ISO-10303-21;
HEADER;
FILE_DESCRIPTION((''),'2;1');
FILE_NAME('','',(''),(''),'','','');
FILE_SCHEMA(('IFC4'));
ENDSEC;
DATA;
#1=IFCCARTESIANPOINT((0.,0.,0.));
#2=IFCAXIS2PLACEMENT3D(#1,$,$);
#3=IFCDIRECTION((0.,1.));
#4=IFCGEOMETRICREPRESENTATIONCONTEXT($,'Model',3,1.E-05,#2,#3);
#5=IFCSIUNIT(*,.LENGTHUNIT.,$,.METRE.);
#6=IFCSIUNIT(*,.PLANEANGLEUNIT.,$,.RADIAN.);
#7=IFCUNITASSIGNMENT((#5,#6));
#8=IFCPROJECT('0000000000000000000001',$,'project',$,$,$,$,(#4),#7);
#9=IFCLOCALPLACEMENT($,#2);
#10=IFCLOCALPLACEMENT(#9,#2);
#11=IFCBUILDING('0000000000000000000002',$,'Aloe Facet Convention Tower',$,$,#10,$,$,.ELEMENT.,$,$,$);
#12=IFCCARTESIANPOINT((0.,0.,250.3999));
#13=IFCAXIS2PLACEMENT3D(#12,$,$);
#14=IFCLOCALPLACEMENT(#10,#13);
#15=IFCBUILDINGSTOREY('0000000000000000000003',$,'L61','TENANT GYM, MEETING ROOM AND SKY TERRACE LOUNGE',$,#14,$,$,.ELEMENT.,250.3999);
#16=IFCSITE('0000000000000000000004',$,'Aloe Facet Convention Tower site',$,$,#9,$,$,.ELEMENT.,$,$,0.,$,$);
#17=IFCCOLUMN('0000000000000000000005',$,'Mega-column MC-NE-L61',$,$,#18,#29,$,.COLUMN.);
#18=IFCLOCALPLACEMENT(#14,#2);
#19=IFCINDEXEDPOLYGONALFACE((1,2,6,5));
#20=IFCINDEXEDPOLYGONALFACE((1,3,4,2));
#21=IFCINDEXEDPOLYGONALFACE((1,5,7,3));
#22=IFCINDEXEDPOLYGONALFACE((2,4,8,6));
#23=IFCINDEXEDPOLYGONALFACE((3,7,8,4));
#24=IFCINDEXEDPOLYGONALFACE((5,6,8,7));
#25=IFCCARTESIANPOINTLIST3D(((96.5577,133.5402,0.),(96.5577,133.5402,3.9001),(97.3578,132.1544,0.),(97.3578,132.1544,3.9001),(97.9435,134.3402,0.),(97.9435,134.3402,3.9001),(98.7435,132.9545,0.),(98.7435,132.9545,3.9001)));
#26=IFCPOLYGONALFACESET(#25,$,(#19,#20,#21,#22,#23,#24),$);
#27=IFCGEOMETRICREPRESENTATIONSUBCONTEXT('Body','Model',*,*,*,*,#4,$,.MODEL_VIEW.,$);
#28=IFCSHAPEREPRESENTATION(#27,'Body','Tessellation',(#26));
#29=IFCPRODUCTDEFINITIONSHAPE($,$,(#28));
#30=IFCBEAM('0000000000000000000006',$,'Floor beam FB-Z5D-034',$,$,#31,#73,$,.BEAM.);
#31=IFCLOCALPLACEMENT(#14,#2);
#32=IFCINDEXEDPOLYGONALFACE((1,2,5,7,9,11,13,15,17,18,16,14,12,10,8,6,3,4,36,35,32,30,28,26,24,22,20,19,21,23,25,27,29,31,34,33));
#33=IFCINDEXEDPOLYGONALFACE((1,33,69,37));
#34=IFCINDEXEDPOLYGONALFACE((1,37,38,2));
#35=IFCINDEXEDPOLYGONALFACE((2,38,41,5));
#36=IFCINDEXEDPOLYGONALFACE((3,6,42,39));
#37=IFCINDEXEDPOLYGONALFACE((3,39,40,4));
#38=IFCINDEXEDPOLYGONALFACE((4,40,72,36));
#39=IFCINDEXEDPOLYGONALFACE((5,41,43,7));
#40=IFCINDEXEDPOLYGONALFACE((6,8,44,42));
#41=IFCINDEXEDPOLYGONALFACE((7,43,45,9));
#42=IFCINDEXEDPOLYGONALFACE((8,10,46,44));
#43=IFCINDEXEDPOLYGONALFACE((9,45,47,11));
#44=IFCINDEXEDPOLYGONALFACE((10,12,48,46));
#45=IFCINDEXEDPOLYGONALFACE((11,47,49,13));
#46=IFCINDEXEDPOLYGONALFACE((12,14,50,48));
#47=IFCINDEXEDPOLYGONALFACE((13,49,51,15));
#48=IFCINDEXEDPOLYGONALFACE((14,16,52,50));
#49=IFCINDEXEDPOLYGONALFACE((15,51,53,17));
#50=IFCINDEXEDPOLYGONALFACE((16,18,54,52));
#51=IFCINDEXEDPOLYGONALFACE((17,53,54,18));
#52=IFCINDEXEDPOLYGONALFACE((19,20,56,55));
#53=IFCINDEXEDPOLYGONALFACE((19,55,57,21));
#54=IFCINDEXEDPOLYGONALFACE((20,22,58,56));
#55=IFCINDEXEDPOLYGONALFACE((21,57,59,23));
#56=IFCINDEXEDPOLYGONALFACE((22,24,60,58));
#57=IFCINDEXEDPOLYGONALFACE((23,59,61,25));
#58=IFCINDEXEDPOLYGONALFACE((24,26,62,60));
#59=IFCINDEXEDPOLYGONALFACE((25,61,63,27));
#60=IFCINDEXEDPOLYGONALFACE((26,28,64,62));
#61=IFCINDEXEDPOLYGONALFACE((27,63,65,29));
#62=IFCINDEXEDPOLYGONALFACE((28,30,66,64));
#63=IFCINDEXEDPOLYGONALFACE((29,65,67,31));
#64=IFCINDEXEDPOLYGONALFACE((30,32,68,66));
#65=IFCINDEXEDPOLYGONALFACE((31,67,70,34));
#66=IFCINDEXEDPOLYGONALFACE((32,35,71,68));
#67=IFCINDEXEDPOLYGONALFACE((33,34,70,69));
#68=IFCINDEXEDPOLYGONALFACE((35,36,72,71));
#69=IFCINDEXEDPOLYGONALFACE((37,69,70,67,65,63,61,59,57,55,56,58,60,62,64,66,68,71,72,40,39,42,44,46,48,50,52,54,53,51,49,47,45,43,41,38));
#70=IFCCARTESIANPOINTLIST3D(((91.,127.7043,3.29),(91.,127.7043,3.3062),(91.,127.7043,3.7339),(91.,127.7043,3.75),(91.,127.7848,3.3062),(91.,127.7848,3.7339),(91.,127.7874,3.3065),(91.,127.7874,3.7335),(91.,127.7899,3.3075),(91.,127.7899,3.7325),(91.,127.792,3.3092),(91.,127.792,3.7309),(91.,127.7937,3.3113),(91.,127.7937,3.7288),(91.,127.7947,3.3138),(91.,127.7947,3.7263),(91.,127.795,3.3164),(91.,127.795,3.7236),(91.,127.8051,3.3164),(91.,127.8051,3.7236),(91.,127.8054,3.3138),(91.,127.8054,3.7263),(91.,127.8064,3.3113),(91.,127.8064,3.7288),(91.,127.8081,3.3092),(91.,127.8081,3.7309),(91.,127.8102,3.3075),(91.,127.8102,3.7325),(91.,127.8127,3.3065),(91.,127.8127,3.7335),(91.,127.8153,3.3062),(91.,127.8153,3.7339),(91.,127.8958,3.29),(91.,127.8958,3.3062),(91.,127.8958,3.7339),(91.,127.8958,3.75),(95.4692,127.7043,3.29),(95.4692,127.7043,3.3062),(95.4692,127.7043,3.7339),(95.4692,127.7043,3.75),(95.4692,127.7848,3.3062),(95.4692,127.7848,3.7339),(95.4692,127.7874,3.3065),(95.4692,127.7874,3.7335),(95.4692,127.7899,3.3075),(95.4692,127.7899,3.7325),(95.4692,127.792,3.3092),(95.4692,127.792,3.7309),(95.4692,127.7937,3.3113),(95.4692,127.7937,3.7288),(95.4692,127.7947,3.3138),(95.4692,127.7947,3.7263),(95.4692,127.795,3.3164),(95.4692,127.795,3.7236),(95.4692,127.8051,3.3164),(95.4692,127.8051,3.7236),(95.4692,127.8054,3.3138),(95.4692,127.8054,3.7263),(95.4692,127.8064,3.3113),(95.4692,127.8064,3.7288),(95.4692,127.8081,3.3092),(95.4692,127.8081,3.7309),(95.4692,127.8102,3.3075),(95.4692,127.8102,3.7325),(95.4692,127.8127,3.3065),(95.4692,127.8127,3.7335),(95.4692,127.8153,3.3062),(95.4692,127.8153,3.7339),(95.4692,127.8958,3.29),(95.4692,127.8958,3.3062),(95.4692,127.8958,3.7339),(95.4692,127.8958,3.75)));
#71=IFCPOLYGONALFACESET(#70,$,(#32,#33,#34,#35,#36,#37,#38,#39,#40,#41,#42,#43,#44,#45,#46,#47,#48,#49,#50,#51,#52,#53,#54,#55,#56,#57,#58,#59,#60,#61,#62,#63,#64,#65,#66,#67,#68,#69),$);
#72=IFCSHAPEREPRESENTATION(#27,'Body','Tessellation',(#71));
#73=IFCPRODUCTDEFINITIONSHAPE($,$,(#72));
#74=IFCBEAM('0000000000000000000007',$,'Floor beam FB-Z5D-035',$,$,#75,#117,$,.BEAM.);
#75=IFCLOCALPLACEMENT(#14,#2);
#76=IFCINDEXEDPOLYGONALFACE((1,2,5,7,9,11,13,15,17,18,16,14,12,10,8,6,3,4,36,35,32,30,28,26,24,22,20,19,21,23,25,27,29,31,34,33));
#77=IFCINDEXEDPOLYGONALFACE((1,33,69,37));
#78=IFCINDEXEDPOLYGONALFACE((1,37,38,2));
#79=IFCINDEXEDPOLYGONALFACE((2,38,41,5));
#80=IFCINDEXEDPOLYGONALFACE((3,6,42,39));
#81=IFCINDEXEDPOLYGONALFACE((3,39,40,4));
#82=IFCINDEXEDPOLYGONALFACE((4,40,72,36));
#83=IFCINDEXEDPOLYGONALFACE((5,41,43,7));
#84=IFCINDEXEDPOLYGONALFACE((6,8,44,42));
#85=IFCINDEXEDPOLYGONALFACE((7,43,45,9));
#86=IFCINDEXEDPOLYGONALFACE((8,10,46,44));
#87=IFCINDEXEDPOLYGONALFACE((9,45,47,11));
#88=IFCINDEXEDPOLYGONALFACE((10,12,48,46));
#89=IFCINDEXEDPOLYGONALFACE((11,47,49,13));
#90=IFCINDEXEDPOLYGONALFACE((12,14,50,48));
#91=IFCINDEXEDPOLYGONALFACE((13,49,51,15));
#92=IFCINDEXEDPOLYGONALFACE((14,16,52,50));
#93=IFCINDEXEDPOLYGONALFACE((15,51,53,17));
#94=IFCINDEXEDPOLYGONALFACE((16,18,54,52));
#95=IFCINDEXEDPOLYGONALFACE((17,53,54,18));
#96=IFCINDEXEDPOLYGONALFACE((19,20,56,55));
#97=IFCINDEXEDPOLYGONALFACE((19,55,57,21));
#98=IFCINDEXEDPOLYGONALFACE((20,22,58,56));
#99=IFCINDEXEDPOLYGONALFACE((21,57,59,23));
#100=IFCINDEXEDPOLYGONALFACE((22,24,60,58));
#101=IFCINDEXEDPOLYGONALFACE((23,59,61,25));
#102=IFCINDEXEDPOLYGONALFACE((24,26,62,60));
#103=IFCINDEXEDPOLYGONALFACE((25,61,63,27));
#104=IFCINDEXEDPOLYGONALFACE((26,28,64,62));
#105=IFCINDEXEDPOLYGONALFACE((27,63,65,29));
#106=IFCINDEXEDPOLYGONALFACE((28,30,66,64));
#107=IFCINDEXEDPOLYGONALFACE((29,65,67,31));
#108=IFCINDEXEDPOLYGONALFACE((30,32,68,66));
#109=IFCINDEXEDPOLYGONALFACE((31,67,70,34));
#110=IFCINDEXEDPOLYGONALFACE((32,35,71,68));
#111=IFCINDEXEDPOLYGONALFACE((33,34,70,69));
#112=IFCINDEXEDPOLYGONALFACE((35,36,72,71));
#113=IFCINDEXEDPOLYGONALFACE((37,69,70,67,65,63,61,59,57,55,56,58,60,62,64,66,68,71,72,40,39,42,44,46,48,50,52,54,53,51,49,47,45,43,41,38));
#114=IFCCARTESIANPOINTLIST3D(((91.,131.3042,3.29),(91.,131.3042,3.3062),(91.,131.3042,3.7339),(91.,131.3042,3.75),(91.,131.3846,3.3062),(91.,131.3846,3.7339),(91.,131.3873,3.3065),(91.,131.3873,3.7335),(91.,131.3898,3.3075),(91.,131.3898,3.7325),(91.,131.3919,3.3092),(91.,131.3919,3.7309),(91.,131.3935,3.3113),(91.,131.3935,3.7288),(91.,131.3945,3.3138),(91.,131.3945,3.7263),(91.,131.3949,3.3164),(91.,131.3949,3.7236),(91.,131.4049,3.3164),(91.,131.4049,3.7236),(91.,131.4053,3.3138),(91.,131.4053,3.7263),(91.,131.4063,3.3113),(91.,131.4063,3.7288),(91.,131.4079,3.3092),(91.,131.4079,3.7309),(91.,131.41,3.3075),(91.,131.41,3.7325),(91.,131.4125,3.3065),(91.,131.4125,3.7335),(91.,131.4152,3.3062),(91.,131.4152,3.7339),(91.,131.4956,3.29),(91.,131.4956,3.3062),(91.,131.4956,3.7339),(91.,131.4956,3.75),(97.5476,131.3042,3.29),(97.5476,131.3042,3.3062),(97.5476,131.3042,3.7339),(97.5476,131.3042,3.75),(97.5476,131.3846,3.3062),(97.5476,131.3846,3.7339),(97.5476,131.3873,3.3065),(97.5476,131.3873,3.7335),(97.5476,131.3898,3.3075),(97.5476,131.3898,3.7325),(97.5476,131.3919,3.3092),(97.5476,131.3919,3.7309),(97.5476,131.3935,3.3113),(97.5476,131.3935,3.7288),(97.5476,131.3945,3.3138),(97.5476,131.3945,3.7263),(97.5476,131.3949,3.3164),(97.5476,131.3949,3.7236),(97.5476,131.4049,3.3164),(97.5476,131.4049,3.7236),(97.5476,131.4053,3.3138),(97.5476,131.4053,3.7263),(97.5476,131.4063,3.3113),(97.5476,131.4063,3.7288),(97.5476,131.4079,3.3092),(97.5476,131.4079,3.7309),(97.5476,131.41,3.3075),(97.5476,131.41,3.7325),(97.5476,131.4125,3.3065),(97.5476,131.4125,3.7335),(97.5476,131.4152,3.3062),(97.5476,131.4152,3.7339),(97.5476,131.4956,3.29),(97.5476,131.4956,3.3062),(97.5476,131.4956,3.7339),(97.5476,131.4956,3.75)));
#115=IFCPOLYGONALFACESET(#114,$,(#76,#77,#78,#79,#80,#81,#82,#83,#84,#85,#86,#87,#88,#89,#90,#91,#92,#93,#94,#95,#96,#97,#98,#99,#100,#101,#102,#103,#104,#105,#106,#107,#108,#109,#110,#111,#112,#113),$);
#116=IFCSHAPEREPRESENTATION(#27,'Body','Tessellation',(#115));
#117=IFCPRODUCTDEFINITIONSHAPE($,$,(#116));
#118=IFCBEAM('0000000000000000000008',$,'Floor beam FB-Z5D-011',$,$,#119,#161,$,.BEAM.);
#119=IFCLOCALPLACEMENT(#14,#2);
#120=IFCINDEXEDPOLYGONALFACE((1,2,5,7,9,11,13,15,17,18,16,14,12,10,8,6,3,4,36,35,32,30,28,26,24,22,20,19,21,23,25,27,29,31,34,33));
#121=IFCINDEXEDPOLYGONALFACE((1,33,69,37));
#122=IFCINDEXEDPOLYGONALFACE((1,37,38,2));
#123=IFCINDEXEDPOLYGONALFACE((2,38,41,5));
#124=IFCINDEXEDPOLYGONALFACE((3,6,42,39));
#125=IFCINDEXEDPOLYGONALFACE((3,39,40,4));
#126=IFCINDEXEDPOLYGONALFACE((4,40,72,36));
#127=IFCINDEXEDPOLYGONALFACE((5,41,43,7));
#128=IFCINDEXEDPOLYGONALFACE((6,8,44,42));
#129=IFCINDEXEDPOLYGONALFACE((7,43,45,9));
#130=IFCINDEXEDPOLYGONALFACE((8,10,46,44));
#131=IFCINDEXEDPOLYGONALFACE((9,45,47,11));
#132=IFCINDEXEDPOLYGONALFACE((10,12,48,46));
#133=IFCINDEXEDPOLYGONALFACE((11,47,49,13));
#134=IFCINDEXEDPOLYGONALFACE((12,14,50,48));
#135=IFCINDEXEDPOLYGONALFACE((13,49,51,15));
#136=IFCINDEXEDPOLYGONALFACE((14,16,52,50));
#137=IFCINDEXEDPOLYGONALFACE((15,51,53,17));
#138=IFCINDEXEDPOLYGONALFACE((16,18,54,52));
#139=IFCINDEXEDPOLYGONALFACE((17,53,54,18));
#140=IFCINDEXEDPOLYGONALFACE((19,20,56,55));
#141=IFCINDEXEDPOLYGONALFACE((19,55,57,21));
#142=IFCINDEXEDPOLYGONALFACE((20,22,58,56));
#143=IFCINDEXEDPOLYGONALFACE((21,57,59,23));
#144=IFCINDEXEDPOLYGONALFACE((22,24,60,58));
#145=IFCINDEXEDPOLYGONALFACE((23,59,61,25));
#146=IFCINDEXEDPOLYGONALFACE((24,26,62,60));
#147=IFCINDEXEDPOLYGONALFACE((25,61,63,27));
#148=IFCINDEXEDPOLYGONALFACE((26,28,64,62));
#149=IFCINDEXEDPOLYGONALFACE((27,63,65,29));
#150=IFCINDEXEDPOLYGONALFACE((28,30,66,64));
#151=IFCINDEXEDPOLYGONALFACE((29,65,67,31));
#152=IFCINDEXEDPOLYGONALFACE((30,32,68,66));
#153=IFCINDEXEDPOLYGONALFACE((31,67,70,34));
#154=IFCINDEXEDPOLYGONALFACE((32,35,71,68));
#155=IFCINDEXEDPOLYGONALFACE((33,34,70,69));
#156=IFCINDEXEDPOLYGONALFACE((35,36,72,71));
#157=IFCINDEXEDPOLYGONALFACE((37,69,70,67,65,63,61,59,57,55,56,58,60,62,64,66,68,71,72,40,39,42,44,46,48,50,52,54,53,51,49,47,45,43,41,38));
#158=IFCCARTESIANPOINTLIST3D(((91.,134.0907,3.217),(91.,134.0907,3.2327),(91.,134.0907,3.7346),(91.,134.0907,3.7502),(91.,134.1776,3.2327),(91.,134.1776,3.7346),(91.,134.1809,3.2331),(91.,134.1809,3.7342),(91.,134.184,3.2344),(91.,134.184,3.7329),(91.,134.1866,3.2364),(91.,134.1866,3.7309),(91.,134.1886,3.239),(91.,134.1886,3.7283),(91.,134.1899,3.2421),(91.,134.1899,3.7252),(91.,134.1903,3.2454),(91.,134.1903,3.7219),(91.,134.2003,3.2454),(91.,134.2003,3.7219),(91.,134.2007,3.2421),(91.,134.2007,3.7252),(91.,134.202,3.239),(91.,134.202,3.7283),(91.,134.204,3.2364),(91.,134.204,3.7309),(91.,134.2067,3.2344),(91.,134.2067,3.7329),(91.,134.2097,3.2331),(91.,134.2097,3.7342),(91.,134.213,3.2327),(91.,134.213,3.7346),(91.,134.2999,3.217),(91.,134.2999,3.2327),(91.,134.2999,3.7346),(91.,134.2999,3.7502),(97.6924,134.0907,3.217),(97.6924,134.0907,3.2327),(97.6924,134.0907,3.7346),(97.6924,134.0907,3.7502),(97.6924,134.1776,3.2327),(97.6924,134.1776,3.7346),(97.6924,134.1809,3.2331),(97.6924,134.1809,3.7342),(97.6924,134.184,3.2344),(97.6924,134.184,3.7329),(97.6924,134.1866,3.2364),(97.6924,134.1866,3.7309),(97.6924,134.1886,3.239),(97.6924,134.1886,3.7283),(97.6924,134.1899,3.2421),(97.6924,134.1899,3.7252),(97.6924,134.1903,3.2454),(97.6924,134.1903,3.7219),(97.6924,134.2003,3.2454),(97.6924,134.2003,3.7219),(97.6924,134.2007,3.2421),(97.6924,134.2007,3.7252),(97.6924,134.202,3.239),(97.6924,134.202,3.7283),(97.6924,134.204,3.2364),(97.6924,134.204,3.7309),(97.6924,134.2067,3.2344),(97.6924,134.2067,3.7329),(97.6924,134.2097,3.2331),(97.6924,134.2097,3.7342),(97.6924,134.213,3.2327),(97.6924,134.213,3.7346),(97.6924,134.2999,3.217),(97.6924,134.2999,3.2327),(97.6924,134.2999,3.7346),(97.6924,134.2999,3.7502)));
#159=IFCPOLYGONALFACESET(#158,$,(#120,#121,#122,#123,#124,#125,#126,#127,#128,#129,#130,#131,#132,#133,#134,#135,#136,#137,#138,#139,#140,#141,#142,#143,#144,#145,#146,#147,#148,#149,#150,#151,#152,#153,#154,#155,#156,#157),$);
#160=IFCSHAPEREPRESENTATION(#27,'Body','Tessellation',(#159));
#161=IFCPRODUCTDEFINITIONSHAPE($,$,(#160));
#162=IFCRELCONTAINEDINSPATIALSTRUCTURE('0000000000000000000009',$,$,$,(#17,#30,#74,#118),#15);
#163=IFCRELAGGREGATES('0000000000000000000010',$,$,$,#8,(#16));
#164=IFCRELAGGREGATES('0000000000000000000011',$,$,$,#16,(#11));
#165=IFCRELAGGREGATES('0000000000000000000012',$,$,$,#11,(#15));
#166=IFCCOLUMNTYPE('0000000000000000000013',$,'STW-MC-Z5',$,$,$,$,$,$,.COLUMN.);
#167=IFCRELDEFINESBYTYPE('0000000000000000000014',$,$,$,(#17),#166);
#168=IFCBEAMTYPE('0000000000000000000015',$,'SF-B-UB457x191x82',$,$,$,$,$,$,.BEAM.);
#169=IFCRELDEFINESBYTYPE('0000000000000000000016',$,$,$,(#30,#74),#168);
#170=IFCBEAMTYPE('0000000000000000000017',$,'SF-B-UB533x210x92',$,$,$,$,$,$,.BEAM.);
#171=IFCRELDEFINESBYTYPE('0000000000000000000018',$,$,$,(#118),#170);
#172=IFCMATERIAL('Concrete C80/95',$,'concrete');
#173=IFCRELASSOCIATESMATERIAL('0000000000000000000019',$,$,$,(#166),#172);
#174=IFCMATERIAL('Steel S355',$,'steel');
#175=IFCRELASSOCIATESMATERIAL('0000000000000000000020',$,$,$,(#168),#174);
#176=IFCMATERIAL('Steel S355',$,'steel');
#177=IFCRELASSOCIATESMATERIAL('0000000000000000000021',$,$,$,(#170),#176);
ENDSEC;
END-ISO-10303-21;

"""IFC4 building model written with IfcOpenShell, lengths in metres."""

from ifc_helpers import new_model, si_unit, direction, frame, origin, origin_2d, place, context, subcontext, project, spatial, rectangle, i_section, extrude, material, material_profile, profile_set, type_object, element, save


model = new_model("IFC4")

# Units and contexts
model_context = context("Model", 3, precision=1e-05, world=origin(), true_north=direction((0.0, 1.0)))
body_context = subcontext(model_context, "Body", "Model", "MODEL_VIEW")
ifc_project = project(units=[si_unit("LENGTHUNIT", "METRE"), si_unit("PLANEANGLEUNIT", "RADIAN")], contexts=[model_context])

# Site, building, storey
site_placement = place(None, origin())
site = spatial("IfcSite", under=ifc_project, at=site_placement, Name="Aloe Facet Convention Tower site", CompositionType="ELEMENT", RefElevation=0.0)
building_placement = place(site_placement, origin())
building = spatial("IfcBuilding", under=site, at=building_placement, Name="Aloe Facet Convention Tower", CompositionType="ELEMENT")
storey_placement = place(building_placement, frame((0.0, 0.0, 250.3999)))
storey = spatial("IfcBuildingStorey", under=building, at=storey_placement, Name="L61", Description="TENANT GYM, MEETING ROOM AND SKY TERRACE LOUNGE", CompositionType="ELEMENT", Elevation=250.3999)

# Column
ifc_material_1 = material(Name="Concrete C80/95", Category="concrete")
ifc_material_profile_1 = material_profile(ifc_material_1, rectangle(XDim=1.6001, YDim=1.6001, at=origin_2d()), Name="STW-MC-Z5")
ifc_profile_set_1 = profile_set([ifc_material_profile_1], Name="Concrete C80/95")
column_type = type_object("IfcColumnType", Name="STW-MC-Z5", PredefinedType="COLUMN", material=ifc_profile_set_1)
column_placement = place(storey_placement, frame((97.6506, 133.2473, 0.0), z_axis=(0.0, 0.0, 1.0), x_axis=(-0.5, 0.866025, 0.0)))
element("IfcColumn", 1, at=column_placement, inside=storey, type_object=column_type, Name="Mega-column MC-NE-L61", PredefinedType="COLUMN", context=body_context, shape_type="SweptSolid", body=[
    extrude(rectangle(XDim=1.6001, YDim=1.6001, at=origin_2d()), origin(), (0.0, 0.0, 1.0), 3.9001),
])

# Beams
ifc_material_2 = material(Name="Steel S355", Category="steel")
ifc_material_profile_2 = material_profile(ifc_material_2, i_section(OverallWidth=0.1914, OverallDepth=0.46, WebThickness=0.01, FlangeThickness=0.0161, FilletRadius=0.0103, at=origin_2d()), Name="UB 457x191x82")
ifc_profile_set_2 = profile_set([ifc_material_profile_2], Name="Steel S355")
beam_type_1 = type_object("IfcBeamType", Name="SF-B-UB457x191x82", PredefinedType="BEAM", material=ifc_profile_set_2)
beam_1_placement = place(storey_placement, frame((91.0, 127.8, 3.52), z_axis=(1.0, 0.0, 0.0), x_axis=(0.0, 1.0, 0.0)))
element("IfcBeam", 2, at=beam_1_placement, inside=storey, type_object=beam_type_1, Name="Floor beam FB-Z5D-034", PredefinedType="BEAM", context=body_context, shape_type="SweptSolid", body=[
    extrude(i_section(OverallWidth=0.1914, OverallDepth=0.46, WebThickness=0.01, FlangeThickness=0.0161, FilletRadius=0.0103, at=origin_2d()), origin(), (0.0, 0.0, 1.0), 4.4692),
])
beam_2_placement = place(storey_placement, frame((91.0, 131.3999, 3.52), z_axis=(1.0, 0.0, 0.0), x_axis=(0.0, 1.0, 0.0)))
element("IfcBeam", 3, at=beam_2_placement, inside=storey, type_object=beam_type_1, Name="Floor beam FB-Z5D-035", PredefinedType="BEAM", context=body_context, shape_type="SweptSolid", body=[
    extrude(i_section(OverallWidth=0.1914, OverallDepth=0.46, WebThickness=0.01, FlangeThickness=0.0161, FilletRadius=0.0103, at=origin_2d()), origin(), (0.0, 0.0, 1.0), 6.5476),
])
ifc_material_3 = material(Name="Steel S355", Category="steel")
ifc_material_profile_3 = material_profile(ifc_material_3, i_section(OverallWidth=0.2092, OverallDepth=0.5332, WebThickness=0.01, FlangeThickness=0.0156, FilletRadius=0.0127, at=origin_2d()), Name="UB 533x210x92")
ifc_profile_set_3 = profile_set([ifc_material_profile_3], Name="Steel S355")
beam_type_2 = type_object("IfcBeamType", Name="SF-B-UB533x210x92", PredefinedType="BEAM", material=ifc_profile_set_3)
beam_3_placement = place(storey_placement, frame((91.0, 134.1953, 3.4836), z_axis=(1.0, 0.0, 0.0), x_axis=(0.0, 1.0, 0.0)))
element("IfcBeam", 4, at=beam_3_placement, inside=storey, type_object=beam_type_2, Name="Floor beam FB-Z5D-011", PredefinedType="BEAM", context=body_context, shape_type="SweptSolid", body=[
    extrude(i_section(OverallWidth=0.2092, OverallDepth=0.5332, WebThickness=0.01, FlangeThickness=0.0156, FilletRadius=0.0127, at=origin_2d()), origin(), (0.0, 0.0, 1.0), 6.6924),
])

save(model, "model.ifc")
